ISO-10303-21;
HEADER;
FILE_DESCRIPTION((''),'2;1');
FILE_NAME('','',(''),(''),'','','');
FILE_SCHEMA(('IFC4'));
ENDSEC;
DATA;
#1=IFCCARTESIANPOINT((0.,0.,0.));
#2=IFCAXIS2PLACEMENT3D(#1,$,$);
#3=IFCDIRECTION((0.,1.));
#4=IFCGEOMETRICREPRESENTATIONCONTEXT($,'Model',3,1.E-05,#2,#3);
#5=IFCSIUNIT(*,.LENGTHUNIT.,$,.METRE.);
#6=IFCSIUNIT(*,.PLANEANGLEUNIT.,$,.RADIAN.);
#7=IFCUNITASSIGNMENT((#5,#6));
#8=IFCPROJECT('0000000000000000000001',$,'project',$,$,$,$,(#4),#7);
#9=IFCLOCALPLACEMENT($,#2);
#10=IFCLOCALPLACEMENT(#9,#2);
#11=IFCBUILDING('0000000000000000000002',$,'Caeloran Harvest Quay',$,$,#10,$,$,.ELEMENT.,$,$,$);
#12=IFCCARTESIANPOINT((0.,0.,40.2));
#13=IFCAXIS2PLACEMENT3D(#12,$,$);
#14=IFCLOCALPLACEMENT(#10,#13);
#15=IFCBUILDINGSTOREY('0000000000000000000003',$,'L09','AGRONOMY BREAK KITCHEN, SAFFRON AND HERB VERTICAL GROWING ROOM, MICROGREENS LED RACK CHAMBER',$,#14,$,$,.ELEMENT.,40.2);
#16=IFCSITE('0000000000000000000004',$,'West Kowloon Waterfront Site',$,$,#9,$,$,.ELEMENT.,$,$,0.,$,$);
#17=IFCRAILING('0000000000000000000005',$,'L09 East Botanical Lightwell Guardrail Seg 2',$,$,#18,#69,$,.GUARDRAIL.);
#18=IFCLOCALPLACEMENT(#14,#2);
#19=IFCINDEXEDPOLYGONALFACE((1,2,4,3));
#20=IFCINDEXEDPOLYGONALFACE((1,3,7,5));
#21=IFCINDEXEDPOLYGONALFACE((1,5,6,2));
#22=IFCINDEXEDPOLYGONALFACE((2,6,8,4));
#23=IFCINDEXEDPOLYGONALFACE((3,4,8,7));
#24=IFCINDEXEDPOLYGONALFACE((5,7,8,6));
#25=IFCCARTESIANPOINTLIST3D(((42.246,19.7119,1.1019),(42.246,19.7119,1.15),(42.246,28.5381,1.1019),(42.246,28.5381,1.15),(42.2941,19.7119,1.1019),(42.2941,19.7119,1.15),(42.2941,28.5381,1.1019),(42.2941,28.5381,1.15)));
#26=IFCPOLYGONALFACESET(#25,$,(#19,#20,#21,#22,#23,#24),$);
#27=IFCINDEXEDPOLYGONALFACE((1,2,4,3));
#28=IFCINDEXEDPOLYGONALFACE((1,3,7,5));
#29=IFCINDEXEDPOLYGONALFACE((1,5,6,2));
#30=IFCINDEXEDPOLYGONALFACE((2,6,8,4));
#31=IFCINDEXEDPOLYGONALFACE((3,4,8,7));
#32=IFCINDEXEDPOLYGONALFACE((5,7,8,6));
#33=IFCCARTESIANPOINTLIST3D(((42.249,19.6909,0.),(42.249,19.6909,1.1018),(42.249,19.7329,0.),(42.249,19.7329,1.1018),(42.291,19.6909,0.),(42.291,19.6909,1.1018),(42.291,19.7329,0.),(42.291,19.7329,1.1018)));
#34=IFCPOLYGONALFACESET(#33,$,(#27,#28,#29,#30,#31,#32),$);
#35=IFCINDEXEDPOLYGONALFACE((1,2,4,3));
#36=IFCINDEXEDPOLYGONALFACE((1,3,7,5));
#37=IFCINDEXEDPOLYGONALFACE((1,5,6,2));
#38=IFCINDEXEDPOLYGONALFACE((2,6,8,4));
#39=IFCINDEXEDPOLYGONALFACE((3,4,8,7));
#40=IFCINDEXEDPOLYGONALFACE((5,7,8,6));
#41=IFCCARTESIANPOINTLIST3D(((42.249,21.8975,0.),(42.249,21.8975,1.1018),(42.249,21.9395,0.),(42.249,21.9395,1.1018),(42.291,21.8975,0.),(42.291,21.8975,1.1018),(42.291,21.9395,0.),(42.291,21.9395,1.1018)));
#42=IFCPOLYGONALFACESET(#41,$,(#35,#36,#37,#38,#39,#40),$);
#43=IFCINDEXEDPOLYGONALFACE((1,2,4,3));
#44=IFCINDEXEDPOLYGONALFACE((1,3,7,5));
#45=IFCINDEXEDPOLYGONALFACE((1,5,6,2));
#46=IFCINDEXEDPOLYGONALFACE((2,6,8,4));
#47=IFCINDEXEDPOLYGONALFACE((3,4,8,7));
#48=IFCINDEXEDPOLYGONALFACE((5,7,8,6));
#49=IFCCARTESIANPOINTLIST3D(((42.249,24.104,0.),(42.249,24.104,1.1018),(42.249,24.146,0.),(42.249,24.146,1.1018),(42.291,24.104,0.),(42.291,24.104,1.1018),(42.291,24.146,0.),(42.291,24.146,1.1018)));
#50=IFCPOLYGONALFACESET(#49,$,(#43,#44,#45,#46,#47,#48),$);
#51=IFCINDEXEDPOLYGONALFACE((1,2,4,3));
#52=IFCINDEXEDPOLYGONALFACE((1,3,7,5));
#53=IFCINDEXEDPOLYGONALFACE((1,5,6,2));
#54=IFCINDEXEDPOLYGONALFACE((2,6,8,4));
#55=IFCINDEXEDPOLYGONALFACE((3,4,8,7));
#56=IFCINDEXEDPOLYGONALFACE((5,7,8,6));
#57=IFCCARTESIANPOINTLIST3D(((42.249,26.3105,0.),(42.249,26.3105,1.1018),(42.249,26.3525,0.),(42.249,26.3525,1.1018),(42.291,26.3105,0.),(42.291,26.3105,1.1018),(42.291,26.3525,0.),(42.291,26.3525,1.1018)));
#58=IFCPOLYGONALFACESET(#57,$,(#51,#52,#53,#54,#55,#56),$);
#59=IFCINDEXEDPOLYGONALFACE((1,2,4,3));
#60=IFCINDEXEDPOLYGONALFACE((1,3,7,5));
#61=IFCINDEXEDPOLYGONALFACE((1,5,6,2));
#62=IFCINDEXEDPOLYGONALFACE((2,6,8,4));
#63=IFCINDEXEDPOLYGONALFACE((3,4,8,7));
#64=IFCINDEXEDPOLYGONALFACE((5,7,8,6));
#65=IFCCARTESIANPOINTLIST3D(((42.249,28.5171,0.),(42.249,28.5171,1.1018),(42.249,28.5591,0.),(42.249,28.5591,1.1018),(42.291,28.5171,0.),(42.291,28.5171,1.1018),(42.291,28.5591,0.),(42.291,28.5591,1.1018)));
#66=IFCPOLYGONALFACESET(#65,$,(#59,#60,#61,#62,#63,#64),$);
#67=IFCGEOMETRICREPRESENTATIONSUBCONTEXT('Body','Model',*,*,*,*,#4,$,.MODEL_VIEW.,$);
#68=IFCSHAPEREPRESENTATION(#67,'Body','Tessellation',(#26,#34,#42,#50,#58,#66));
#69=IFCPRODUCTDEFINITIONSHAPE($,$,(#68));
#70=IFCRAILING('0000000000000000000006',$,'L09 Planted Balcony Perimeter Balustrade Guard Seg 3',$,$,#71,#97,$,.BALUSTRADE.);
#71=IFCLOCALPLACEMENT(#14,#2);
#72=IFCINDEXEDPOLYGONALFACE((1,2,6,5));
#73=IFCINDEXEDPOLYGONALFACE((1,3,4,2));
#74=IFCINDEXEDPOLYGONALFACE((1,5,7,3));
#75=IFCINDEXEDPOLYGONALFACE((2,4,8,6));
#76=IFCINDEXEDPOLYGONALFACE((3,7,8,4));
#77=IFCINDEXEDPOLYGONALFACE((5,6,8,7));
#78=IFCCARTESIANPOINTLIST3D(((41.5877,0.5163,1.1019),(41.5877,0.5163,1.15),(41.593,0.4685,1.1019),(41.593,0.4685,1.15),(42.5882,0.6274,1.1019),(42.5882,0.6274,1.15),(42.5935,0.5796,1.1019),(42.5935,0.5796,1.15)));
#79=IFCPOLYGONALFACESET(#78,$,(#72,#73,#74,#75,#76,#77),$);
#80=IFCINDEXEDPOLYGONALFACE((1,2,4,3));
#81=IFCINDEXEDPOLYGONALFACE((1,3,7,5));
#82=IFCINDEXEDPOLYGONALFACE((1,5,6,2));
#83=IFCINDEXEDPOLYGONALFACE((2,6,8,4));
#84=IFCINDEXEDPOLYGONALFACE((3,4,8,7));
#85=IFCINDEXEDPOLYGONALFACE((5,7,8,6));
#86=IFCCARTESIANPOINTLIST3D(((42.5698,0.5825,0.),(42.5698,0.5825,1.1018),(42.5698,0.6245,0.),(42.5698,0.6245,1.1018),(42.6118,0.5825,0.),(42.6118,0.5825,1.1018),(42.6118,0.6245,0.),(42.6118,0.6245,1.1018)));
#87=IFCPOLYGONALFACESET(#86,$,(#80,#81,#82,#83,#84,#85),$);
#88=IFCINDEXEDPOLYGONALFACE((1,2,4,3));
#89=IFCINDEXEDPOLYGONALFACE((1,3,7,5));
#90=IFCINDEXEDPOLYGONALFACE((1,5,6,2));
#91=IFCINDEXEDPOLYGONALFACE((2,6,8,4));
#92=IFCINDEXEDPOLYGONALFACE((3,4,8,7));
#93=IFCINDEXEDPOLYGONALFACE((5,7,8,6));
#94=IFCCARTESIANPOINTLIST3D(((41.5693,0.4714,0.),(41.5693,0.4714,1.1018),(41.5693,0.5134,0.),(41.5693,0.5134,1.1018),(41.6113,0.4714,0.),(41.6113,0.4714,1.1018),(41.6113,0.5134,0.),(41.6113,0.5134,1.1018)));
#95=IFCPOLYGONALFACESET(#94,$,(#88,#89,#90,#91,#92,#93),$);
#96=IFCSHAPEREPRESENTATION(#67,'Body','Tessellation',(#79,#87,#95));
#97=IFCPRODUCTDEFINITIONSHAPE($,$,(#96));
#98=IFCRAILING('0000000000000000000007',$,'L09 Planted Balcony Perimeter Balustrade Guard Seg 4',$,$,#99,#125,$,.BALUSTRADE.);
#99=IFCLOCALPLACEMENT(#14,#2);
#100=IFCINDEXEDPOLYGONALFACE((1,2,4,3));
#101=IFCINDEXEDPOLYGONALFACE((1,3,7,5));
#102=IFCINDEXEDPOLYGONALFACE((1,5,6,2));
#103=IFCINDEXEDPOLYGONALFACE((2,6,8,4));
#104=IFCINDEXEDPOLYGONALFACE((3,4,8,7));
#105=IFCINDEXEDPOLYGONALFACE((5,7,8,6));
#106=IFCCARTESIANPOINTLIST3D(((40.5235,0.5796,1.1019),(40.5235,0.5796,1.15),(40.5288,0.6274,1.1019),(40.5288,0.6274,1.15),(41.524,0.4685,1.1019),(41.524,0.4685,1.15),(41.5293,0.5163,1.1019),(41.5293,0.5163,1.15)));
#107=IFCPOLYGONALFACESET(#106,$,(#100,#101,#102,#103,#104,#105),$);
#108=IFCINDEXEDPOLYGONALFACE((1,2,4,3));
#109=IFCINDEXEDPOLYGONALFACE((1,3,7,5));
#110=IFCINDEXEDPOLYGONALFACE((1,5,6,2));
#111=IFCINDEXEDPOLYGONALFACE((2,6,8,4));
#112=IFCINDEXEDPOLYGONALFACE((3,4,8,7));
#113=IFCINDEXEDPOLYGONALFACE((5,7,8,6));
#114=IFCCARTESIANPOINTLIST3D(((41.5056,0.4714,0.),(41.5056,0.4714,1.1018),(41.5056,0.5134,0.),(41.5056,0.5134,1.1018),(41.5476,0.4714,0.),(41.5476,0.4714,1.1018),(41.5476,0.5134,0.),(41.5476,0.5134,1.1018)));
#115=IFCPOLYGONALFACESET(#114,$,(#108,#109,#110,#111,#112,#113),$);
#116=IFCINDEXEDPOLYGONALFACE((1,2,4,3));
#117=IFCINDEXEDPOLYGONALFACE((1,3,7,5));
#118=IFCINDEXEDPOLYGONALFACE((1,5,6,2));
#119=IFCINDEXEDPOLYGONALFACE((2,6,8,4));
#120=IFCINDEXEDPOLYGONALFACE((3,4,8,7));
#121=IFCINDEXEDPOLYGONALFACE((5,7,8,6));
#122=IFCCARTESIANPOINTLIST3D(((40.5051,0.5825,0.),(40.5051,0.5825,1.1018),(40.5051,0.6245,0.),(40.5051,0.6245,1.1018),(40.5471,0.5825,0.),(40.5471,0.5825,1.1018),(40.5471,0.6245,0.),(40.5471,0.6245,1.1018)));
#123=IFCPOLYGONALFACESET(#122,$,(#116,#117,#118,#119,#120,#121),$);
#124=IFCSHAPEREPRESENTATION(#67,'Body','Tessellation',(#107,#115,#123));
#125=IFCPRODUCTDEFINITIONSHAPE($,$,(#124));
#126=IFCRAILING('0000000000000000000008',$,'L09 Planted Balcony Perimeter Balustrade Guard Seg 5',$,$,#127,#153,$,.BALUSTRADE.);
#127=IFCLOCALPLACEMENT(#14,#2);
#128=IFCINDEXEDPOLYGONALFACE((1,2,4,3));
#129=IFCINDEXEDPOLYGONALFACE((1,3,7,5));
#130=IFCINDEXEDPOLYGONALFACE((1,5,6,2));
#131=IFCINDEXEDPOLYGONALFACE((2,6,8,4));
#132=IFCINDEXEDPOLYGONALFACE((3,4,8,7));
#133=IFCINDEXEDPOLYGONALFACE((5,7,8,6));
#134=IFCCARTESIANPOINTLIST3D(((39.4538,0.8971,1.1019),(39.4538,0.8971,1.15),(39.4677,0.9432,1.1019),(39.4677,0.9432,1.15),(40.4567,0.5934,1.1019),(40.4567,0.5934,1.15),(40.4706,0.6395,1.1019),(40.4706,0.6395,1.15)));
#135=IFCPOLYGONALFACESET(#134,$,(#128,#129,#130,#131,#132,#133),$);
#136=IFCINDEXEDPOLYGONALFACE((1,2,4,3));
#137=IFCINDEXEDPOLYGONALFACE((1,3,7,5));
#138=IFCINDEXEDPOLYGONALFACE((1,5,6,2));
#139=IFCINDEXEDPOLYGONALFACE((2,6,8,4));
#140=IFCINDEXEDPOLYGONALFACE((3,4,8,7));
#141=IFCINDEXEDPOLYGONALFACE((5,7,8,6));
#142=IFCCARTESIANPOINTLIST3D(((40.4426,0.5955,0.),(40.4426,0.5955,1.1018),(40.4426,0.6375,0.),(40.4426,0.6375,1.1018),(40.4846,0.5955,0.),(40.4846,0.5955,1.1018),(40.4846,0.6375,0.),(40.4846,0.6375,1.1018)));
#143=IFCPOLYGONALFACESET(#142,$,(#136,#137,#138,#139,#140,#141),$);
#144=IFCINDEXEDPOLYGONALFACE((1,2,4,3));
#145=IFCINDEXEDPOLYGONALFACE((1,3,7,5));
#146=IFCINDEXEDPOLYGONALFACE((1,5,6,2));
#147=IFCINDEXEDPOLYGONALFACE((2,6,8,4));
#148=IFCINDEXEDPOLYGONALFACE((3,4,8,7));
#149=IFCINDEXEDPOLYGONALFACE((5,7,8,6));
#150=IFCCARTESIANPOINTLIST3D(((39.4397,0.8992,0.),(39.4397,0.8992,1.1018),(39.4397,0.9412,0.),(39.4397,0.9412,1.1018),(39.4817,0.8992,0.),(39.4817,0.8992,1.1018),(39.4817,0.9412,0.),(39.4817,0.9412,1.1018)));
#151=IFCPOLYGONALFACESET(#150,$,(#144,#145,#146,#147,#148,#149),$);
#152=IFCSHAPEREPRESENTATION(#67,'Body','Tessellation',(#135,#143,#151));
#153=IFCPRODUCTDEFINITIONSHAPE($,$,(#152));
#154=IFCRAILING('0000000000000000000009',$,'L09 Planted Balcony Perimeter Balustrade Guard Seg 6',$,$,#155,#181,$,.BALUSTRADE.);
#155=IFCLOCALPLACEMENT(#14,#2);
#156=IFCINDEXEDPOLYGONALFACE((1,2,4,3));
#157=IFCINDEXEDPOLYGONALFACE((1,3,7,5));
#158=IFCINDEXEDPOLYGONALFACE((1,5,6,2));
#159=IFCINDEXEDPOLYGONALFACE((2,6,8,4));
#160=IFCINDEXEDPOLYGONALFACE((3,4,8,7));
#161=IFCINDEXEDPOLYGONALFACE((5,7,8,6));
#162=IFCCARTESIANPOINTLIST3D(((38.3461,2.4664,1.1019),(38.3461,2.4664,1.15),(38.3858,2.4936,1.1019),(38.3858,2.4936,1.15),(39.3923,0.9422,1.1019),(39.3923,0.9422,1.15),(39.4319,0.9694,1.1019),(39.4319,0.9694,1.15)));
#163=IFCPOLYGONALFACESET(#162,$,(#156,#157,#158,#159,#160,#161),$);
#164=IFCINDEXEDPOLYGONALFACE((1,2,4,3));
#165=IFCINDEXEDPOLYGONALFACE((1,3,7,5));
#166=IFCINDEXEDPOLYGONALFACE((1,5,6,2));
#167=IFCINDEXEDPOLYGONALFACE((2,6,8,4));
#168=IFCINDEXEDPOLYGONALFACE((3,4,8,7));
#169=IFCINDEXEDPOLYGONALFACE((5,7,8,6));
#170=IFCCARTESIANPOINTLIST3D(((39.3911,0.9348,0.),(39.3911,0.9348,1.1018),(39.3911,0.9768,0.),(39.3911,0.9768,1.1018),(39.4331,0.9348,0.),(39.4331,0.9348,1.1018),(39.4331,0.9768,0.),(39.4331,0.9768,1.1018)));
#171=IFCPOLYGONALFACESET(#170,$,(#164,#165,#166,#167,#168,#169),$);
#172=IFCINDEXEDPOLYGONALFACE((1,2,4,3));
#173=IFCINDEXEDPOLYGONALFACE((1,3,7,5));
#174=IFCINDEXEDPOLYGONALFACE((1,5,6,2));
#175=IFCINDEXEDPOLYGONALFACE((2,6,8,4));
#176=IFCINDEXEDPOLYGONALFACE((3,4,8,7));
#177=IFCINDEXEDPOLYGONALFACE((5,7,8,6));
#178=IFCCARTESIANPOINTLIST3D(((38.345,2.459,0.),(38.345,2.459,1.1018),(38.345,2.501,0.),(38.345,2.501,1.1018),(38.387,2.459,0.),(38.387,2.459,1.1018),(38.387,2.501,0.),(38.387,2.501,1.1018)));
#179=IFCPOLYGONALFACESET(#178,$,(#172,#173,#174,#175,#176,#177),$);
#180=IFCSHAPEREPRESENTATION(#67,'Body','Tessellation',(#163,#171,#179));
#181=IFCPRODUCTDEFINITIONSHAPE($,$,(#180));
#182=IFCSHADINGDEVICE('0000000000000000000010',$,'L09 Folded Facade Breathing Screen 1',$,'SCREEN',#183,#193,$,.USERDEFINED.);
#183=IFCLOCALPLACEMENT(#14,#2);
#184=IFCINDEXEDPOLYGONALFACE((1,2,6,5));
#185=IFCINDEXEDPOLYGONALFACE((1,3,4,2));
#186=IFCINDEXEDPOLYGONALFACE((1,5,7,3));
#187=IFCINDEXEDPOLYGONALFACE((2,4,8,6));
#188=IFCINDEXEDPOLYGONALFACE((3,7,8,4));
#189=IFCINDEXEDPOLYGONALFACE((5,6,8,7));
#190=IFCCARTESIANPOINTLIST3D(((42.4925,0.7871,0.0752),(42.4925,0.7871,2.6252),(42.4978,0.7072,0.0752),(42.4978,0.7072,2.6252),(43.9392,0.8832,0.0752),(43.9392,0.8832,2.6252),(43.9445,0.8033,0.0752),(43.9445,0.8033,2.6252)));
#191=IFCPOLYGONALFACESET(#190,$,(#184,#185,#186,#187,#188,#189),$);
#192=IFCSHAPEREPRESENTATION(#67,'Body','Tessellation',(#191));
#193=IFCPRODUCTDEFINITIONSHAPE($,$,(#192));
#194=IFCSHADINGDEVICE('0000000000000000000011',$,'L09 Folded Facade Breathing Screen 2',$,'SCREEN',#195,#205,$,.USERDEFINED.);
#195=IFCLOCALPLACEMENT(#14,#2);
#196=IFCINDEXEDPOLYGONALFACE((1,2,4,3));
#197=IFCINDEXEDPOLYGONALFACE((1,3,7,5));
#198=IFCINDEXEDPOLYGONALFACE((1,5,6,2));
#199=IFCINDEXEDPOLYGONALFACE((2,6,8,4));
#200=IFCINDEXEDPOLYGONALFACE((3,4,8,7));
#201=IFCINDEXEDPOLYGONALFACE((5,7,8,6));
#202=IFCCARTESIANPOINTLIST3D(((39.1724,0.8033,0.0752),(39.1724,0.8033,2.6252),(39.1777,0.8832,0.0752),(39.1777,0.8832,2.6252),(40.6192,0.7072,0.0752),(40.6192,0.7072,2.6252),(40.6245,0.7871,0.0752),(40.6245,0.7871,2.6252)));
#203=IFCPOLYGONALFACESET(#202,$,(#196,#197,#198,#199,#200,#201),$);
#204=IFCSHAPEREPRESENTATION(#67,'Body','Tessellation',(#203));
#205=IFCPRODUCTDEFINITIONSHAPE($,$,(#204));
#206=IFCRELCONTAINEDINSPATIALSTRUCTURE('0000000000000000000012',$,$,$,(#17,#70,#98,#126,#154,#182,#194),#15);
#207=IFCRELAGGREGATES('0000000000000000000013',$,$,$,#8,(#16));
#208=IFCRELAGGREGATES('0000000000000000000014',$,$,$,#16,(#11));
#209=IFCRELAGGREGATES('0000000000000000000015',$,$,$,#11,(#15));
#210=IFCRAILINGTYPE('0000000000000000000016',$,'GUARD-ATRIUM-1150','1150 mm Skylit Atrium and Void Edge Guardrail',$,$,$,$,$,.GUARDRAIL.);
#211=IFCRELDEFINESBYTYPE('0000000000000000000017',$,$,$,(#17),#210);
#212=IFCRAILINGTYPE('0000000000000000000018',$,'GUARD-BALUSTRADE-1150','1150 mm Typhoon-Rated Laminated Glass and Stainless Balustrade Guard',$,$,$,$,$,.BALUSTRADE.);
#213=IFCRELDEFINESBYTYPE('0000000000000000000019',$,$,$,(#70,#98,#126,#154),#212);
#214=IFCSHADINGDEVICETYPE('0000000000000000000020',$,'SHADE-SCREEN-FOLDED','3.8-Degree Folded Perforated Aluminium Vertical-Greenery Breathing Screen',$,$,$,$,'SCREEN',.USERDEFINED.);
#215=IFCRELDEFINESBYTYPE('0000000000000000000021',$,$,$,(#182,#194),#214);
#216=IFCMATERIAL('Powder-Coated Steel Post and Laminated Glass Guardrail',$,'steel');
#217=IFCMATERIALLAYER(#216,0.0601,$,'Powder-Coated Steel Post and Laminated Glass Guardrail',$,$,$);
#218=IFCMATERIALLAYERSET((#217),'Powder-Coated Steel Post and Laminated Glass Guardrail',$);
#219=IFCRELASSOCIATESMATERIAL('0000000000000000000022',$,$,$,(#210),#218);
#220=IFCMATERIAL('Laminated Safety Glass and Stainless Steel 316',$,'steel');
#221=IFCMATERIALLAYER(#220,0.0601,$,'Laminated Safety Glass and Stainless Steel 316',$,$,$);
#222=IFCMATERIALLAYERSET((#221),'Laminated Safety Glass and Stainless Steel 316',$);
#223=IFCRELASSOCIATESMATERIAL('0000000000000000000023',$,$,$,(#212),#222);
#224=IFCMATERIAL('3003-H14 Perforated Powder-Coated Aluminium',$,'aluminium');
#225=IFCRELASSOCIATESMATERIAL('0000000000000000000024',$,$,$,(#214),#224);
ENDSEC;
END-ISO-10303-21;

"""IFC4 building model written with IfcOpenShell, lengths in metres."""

from ifc_helpers import new_model, si_unit, direction, frame, origin, origin_2d, place, context, subcontext, project, spatial, rectangle, extrude, material, layer, layer_set, type_object, element, save


model = new_model("IFC4")

# Units and contexts
model_context = context("Model", 3, precision=1e-05, world=origin(), true_north=direction((0.0, 1.0)))
body_context = subcontext(model_context, "Body", "Model", "MODEL_VIEW")
ifc_project = project(units=[si_unit("LENGTHUNIT", "METRE"), si_unit("PLANEANGLEUNIT", "RADIAN")], contexts=[model_context])

# Site, building, storey
site_placement = place(None, origin())
site = spatial("IfcSite", under=ifc_project, at=site_placement, Name="West Kowloon Waterfront Site", CompositionType="ELEMENT", RefElevation=0.0)
building_placement = place(site_placement, origin())
building = spatial("IfcBuilding", under=site, at=building_placement, Name="Caeloran Harvest Quay", CompositionType="ELEMENT")
storey_placement = place(building_placement, frame((0.0, 0.0, 40.2)))
storey = spatial("IfcBuildingStorey", under=building, at=storey_placement, Name="L09", Description="AGRONOMY BREAK KITCHEN, SAFFRON AND HERB VERTICAL GROWING ROOM, MICROGREENS LED RACK CHAMBER", CompositionType="ELEMENT", Elevation=40.2)

# Railings
ifc_material_1 = material(Name="Powder-Coated Steel Post and Laminated Glass Guardrail", Category="steel")
ifc_layer_1 = layer(ifc_material_1, 0.0601, Name="Powder-Coated Steel Post and Laminated Glass Guardrail")
ifc_layer_set_1 = layer_set([ifc_layer_1], Name="Powder-Coated Steel Post and Laminated Glass Guardrail")
railing_type_1 = type_object("IfcRailingType", Name="GUARD-ATRIUM-1150", Description="1150 mm Skylit Atrium and Void Edge Guardrail", PredefinedType="GUARDRAIL", material=ifc_layer_set_1)
railing_1_placement = place(storey_placement, frame((42.27, 19.7119, 0.0)))
element("IfcRailing", 1, at=railing_1_placement, inside=storey, type_object=railing_type_1, Name="L09 East Botanical Lightwell Guardrail Seg 2", PredefinedType="GUARDRAIL", context=body_context, shape_type="SweptSolid", body=[
    extrude(rectangle(XDim=0.0481, YDim=0.0481, at=origin_2d()), frame((0.0, 0.0, 1.126), z_axis=(0.0, 1.0, 0.0), x_axis=(-1.0, 0.0, 0.0)), (0.0, 0.0, 1.0), 8.8262),
    extrude(rectangle(XDim=0.042, YDim=0.042, at=origin_2d()), origin(), (0.0, 0.0, 1.0), 1.1018),
    extrude(rectangle(XDim=0.042, YDim=0.042, at=origin_2d()), frame((0.0, 2.2065, 0.0)), (0.0, 0.0, 1.0), 1.1018),
    extrude(rectangle(XDim=0.042, YDim=0.042, at=origin_2d()), frame((0.0, 4.4131, 0.0)), (0.0, 0.0, 1.0), 1.1018),
    extrude(rectangle(XDim=0.042, YDim=0.042, at=origin_2d()), frame((0.0, 6.6196, 0.0)), (0.0, 0.0, 1.0), 1.1018),
    extrude(rectangle(XDim=0.042, YDim=0.042, at=origin_2d()), frame((0.0, 8.8262, 0.0)), (0.0, 0.0, 1.0), 1.1018),
])
ifc_material_2 = material(Name="Laminated Safety Glass and Stainless Steel 316", Category="steel")
ifc_layer_2 = layer(ifc_material_2, 0.0601, Name="Laminated Safety Glass and Stainless Steel 316")
ifc_layer_set_2 = layer_set([ifc_layer_2], Name="Laminated Safety Glass and Stainless Steel 316")
railing_type_2 = type_object("IfcRailingType", Name="GUARD-BALUSTRADE-1150", Description="1150 mm Typhoon-Rated Laminated Glass and Stainless Balustrade Guard", PredefinedType="BALUSTRADE", material=ifc_layer_set_2)
railing_2_placement = place(storey_placement, frame((42.5908, 0.6035, 0.0)))
element("IfcRailing", 2, at=railing_2_placement, inside=storey, type_object=railing_type_2, Name="L09 Planted Balcony Perimeter Balustrade Guard Seg 3", PredefinedType="BALUSTRADE", context=body_context, shape_type="SweptSolid", body=[
    extrude(rectangle(XDim=0.0481, YDim=0.0481, at=origin_2d()), frame((0.0, 0.0, 1.126), z_axis=(-0.993893, -0.110352, 0.0), x_axis=(0.110352, -0.993893, 0.0)), (0.0, 0.0, 1.0), 1.0066),
    extrude(rectangle(XDim=0.042, YDim=0.042, at=origin_2d()), origin(), (0.0, 0.0, 1.0), 1.1018),
    extrude(rectangle(XDim=0.042, YDim=0.042, at=origin_2d()), frame((-1.0005, -0.1111, 0.0)), (0.0, 0.0, 1.0), 1.1018),
])
railing_3_placement = place(storey_placement, frame((41.5266, 0.4924, 0.0)))
element("IfcRailing", 3, at=railing_3_placement, inside=storey, type_object=railing_type_2, Name="L09 Planted Balcony Perimeter Balustrade Guard Seg 4", PredefinedType="BALUSTRADE", context=body_context, shape_type="SweptSolid", body=[
    extrude(rectangle(XDim=0.0481, YDim=0.0481, at=origin_2d()), frame((0.0, 0.0, 1.126), z_axis=(-0.993893, 0.110352, 0.0), x_axis=(-0.110352, -0.993893, 0.0)), (0.0, 0.0, 1.0), 1.0066),
    extrude(rectangle(XDim=0.042, YDim=0.042, at=origin_2d()), origin(), (0.0, 0.0, 1.0), 1.1018),
    extrude(rectangle(XDim=0.042, YDim=0.042, at=origin_2d()), frame((-1.0005, 0.1111, 0.0)), (0.0, 0.0, 1.0), 1.1018),
])
railing_4_placement = place(storey_placement, frame((40.4636, 0.6165, 0.0)))
element("IfcRailing", 4, at=railing_4_placement, inside=storey, type_object=railing_type_2, Name="L09 Planted Balcony Perimeter Balustrade Guard Seg 5", PredefinedType="BALUSTRADE", context=body_context, shape_type="SweptSolid", body=[
    extrude(rectangle(XDim=0.0481, YDim=0.0481, at=origin_2d()), frame((0.0, 0.0, 1.126), z_axis=(-0.957079, 0.289826, 0.0), x_axis=(-0.289826, -0.957079, 0.0)), (0.0, 0.0, 1.0), 1.0479),
    extrude(rectangle(XDim=0.042, YDim=0.042, at=origin_2d()), origin(), (0.0, 0.0, 1.0), 1.1018),
    extrude(rectangle(XDim=0.042, YDim=0.042, at=origin_2d()), frame((-1.0029, 0.3037, 0.0)), (0.0, 0.0, 1.0), 1.1018),
])
railing_5_placement = place(storey_placement, frame((39.4121, 0.9558, 0.0)))
element("IfcRailing", 5, at=railing_5_placement, inside=storey, type_object=railing_type_2, Name="L09 Planted Balcony Perimeter Balustrade Guard Seg 6", PredefinedType="BALUSTRADE", context=body_context, shape_type="SweptSolid", body=[
    extrude(rectangle(XDim=0.0481, YDim=0.0481, at=origin_2d()), frame((0.0, 0.0, 1.126), z_axis=(-0.565895, 0.824477, 0.0), x_axis=(-0.824477, -0.565895, 0.0)), (0.0, 0.0, 1.0), 1.8486),
    extrude(rectangle(XDim=0.042, YDim=0.042, at=origin_2d()), origin(), (0.0, 0.0, 1.0), 1.1018),
    extrude(rectangle(XDim=0.042, YDim=0.042, at=origin_2d()), frame((-1.0461, 1.5242, 0.0)), (0.0, 0.0, 1.0), 1.1018),
])

# Shading devices
ifc_material_3 = material(Name="3003-H14 Perforated Powder-Coated Aluminium", Category="aluminium")
shading_device_type = type_object("IfcShadingDeviceType", Name="SHADE-SCREEN-FOLDED", Description="3.8-Degree Folded Perforated Aluminium Vertical-Greenery Breathing Screen", ElementType="SCREEN", PredefinedType="USERDEFINED", material=ifc_material_3)
for number, where, z_axis, x_axis, name in (
    (6, (43.2185, 0.7952, 0.0752), (0.0, 0.0, 1.0), (0.997801, 0.066274, 0.0), "L09 Folded Facade Breathing Screen 1"),
    (7, (39.8984, 0.7952, 0.0752), (0.0, 0.0, 1.0), (0.997801, -0.066274, 0.0), "L09 Folded Facade Breathing Screen 2"),
):
    element("IfcShadingDevice", number, at=place(storey_placement, frame(where, z_axis=z_axis, x_axis=x_axis)), inside=storey, type_object=shading_device_type, Name=name, ObjectType="SCREEN", PredefinedType="USERDEFINED", context=body_context, shape_type="SweptSolid", body=[
        extrude(rectangle(XDim=1.45, YDim=0.0801, at=origin_2d()), origin(), (0.0, 0.0, 1.0), 2.55),
    ])

save(model, "model.ifc")
